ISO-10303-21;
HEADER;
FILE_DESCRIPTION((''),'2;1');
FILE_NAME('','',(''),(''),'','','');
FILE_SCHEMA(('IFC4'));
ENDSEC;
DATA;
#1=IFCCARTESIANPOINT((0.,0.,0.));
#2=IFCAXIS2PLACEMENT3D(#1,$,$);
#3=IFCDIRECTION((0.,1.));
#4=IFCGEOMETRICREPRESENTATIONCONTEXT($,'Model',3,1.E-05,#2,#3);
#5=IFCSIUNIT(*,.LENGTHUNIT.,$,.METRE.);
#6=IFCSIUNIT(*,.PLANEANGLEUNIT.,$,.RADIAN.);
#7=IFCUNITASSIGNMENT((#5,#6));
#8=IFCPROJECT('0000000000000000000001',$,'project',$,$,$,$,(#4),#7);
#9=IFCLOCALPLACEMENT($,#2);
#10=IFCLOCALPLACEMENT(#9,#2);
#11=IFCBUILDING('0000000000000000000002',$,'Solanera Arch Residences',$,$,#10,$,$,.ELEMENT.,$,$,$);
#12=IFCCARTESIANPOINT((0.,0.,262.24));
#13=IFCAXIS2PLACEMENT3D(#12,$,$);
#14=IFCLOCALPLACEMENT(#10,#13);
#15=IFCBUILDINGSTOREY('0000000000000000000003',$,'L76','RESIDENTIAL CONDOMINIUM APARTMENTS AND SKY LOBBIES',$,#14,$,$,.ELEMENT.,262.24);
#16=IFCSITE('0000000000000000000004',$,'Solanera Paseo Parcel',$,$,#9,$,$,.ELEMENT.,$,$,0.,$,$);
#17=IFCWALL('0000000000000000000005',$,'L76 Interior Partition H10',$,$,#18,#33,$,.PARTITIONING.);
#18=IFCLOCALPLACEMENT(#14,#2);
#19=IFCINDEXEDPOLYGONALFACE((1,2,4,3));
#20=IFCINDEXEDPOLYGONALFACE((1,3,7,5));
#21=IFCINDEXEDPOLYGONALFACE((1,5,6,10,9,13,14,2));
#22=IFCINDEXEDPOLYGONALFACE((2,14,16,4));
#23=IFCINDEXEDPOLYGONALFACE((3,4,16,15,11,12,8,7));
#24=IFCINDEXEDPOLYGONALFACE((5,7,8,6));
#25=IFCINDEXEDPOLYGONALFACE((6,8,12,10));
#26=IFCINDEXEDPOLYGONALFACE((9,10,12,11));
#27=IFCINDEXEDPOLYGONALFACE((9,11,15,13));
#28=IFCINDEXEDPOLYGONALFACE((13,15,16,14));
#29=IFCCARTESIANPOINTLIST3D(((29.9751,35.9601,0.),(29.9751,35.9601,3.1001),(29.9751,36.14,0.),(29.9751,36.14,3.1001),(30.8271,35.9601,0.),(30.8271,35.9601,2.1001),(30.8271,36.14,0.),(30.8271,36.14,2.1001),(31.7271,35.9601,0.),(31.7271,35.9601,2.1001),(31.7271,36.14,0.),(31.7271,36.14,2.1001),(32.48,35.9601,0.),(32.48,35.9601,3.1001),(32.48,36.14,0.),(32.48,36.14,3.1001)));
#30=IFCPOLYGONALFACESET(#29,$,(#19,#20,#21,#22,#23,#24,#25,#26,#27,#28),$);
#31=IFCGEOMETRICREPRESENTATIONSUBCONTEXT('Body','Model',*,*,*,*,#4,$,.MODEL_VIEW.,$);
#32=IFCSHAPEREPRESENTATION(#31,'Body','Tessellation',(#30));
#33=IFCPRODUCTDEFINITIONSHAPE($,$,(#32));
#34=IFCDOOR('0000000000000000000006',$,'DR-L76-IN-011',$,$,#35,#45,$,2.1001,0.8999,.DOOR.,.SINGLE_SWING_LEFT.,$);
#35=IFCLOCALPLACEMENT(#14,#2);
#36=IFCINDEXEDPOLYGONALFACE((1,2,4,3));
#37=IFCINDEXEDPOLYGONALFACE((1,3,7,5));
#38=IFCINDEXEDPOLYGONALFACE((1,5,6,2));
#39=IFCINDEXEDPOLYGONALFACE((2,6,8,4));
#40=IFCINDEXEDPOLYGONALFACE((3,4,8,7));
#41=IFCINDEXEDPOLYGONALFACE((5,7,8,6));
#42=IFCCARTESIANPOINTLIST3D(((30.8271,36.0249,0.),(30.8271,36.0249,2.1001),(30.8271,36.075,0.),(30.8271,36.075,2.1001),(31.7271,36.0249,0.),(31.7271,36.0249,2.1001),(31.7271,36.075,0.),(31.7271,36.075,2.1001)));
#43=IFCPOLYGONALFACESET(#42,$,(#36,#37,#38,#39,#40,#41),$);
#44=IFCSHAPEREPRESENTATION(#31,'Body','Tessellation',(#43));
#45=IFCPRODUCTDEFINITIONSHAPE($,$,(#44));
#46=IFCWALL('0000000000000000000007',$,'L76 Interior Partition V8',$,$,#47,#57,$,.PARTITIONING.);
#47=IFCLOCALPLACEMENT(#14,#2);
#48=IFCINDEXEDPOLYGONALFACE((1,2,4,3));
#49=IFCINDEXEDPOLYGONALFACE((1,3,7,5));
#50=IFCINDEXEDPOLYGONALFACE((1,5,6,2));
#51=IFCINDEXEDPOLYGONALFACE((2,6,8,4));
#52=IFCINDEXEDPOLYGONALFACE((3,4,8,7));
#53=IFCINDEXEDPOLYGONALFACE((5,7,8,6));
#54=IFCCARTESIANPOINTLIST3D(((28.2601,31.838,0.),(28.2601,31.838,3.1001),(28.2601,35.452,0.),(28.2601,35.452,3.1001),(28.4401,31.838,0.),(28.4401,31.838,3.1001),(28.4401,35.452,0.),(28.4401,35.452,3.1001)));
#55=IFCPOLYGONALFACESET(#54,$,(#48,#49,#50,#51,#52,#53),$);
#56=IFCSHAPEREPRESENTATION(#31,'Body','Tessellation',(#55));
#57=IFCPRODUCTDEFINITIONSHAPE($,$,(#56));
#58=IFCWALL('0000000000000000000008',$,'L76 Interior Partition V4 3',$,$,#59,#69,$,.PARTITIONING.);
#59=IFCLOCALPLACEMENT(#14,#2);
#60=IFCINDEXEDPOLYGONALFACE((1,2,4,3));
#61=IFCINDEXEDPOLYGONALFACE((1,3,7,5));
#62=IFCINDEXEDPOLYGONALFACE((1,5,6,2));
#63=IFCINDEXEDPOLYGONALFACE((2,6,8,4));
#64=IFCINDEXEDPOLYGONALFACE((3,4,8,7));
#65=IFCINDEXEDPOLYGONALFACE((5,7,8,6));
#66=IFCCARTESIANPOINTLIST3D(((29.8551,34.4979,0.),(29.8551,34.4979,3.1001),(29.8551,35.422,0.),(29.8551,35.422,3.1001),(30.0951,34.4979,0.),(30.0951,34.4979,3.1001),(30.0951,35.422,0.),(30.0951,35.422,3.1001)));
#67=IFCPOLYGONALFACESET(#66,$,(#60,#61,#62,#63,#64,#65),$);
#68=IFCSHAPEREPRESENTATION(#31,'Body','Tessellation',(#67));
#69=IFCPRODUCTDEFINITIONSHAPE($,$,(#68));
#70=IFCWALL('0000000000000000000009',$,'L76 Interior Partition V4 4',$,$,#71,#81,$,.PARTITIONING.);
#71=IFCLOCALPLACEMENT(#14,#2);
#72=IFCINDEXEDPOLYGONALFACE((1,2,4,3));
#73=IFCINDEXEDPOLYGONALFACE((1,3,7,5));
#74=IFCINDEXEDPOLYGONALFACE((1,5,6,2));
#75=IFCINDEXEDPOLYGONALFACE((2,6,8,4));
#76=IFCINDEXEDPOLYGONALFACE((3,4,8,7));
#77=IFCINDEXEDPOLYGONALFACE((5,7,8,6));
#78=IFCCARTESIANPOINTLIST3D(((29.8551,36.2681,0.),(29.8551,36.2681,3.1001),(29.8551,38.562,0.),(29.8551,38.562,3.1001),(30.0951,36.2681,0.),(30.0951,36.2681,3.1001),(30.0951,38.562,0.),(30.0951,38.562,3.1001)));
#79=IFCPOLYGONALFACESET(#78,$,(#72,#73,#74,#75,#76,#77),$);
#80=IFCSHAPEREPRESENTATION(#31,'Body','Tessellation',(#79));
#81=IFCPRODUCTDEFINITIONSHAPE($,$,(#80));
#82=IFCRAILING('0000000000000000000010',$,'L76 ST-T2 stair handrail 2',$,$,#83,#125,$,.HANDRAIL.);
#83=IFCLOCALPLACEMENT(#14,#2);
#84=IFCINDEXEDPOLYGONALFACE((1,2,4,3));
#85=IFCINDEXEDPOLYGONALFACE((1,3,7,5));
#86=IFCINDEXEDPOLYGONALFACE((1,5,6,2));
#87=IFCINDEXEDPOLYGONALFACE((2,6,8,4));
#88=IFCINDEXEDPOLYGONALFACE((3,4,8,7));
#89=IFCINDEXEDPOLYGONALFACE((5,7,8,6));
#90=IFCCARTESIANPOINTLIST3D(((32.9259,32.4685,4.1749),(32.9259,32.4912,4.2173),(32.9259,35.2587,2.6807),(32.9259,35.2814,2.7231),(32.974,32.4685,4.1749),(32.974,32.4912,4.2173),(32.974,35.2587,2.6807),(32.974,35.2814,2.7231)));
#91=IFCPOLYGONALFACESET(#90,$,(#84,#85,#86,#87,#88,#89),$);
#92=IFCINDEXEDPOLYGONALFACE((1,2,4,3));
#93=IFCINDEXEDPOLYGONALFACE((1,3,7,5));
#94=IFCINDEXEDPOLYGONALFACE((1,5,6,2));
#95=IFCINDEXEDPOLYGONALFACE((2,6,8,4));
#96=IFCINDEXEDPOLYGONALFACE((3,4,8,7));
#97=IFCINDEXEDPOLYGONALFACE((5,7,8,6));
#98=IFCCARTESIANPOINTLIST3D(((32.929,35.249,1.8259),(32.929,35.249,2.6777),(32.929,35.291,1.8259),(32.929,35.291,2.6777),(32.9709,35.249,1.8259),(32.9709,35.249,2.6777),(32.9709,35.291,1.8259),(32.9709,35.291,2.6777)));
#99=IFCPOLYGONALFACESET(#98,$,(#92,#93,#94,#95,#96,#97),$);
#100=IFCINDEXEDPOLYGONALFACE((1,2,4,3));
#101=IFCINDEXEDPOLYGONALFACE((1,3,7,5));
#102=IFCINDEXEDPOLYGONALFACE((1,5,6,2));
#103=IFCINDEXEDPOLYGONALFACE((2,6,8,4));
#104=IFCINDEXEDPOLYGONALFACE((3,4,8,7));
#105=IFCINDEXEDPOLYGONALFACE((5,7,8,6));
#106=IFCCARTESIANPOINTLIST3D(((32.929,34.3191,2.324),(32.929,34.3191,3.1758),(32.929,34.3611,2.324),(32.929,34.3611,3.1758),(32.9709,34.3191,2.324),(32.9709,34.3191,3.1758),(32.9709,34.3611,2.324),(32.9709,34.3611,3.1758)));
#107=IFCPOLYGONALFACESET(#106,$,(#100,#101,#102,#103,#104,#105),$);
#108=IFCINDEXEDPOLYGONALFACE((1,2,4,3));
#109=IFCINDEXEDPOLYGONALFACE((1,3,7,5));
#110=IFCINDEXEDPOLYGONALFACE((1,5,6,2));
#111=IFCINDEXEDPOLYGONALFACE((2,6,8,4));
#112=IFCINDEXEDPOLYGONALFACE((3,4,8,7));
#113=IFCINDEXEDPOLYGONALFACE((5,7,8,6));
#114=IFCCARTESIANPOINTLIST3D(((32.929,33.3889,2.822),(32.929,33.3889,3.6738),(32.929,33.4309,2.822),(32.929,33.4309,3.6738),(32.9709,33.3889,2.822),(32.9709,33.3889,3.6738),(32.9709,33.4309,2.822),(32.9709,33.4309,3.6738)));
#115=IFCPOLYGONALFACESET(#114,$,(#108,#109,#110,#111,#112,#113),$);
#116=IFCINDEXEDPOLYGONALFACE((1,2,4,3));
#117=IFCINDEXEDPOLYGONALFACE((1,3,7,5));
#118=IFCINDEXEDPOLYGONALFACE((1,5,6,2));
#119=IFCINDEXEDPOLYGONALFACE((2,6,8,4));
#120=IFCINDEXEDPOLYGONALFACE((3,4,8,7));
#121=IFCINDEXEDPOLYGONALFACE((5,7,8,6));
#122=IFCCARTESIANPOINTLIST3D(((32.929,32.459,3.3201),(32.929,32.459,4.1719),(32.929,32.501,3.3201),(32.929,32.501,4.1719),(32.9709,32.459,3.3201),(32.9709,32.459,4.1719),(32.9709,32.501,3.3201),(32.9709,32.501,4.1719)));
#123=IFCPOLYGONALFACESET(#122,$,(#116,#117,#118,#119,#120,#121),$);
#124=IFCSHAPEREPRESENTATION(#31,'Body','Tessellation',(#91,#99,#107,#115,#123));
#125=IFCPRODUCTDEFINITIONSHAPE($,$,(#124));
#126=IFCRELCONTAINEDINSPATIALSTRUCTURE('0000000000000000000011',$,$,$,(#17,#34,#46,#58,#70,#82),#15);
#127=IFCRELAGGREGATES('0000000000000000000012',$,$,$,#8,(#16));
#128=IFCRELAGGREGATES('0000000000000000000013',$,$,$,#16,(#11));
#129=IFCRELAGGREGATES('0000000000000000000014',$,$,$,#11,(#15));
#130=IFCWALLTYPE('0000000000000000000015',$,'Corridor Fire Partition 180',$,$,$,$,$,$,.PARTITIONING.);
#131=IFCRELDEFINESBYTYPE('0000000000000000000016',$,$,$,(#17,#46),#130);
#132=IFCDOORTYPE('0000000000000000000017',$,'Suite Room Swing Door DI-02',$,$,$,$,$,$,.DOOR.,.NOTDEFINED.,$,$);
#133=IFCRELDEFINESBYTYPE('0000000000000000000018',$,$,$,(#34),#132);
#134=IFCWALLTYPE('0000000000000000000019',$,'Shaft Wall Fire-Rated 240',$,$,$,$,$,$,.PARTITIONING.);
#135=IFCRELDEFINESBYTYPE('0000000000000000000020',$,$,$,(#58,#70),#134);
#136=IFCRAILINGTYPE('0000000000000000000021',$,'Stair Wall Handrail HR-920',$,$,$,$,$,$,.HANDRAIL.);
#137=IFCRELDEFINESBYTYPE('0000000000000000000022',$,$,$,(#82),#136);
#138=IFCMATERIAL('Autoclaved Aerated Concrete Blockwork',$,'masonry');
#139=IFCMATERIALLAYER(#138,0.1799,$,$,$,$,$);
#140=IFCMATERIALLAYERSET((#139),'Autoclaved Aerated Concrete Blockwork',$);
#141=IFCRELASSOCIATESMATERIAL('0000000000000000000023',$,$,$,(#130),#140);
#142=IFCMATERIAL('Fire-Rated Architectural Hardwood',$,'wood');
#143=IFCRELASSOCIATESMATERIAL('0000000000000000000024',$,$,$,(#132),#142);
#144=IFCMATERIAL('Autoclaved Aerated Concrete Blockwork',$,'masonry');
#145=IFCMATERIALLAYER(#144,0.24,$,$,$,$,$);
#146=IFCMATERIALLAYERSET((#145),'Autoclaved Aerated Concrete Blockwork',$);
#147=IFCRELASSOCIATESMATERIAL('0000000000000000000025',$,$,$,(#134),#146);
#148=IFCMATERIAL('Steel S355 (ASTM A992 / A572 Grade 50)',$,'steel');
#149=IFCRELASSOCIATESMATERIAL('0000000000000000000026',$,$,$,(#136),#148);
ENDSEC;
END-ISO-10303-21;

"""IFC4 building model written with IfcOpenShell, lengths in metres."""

from ifc_helpers import new_model, si_unit, direction, frame, frame_2d, origin, origin_2d, place, context, subcontext, project, spatial, rectangle, extrude, material, layer, layer_set, type_object, element, fill, save


model = new_model("IFC4")

# Units and contexts
model_context = context("Model", 3, precision=1e-05, world=origin(), true_north=direction((0.0, 1.0)))
body_context = subcontext(model_context, "Body", "Model", "MODEL_VIEW")
ifc_project = project(units=[si_unit("LENGTHUNIT", "METRE"), si_unit("PLANEANGLEUNIT", "RADIAN")], contexts=[model_context])

# Site, building, storey
site_placement = place(None, origin())
site = spatial("IfcSite", under=ifc_project, at=site_placement, Name="Solanera Paseo Parcel", CompositionType="ELEMENT", RefElevation=0.0)
building_placement = place(site_placement, origin())
building = spatial("IfcBuilding", under=site, at=building_placement, Name="Solanera Arch Residences", CompositionType="ELEMENT")
storey_placement = place(building_placement, frame((0.0, 0.0, 262.24)))
storey = spatial("IfcBuildingStorey", under=building, at=storey_placement, Name="L76", Description="RESIDENTIAL CONDOMINIUM APARTMENTS AND SKY LOBBIES", CompositionType="ELEMENT", Elevation=262.24)

# Wall, opening, door
ifc_material_1 = material(Name="Autoclaved Aerated Concrete Blockwork", Category="masonry")
ifc_layer_1 = layer(ifc_material_1, 0.1799)
ifc_layer_set_1 = layer_set([ifc_layer_1], Name="Autoclaved Aerated Concrete Blockwork")
wall_type_1 = type_object("IfcWallType", Name="Corridor Fire Partition 180", PredefinedType="PARTITIONING", material=ifc_layer_set_1)
wall_1_placement = place(storey_placement, frame((29.9751, 36.05, 0.0), z_axis=(0.0, 0.0, 1.0), x_axis=(1.0, 0.0, 0.0)))
wall_1 = element("IfcWall", 1, at=wall_1_placement, inside=storey, type_object=wall_type_1, Name="L76 Interior Partition H10", PredefinedType="PARTITIONING", context=body_context, shape_type="SweptSolid", body=[
    extrude(rectangle(XDim=2.5049, YDim=0.1799, at=frame_2d((1.2524, 0.0))), origin(), (0.0, 0.0, 1.0), 3.1001),
])
opening_1_placement = place(wall_1_placement, frame((0.8521, 0.0, 0.0)))
opening_1 = element("IfcOpeningElement", 2, at=opening_1_placement, cuts=wall_1, PredefinedType="OPENING", context=body_context, shape_type="SweptSolid", body=[
    extrude(rectangle(XDim=0.8999, YDim=2.1001, at=frame_2d((0.45, 1.05))), frame((0.0, 0.1001, 0.0), z_axis=(0.0, -1.0, 0.0), x_axis=(1.0, 0.0, 0.0)), (0.0, 0.0, 1.0), 0.1999),
])
ifc_material_2 = material(Name="Fire-Rated Architectural Hardwood", Category="wood")
door_type_1 = type_object("IfcDoorType", Name="Suite Room Swing Door DI-02", OperationType="NOTDEFINED", PredefinedType="DOOR", material=ifc_material_2)
door_1_placement = place(opening_1_placement, origin())
door_1 = element("IfcDoor", 3, at=door_1_placement, inside=storey, type_object=door_type_1, Name="DR-L76-IN-011", OperationType="SINGLE_SWING_LEFT", OverallHeight=2.1001, OverallWidth=0.8999, PredefinedType="DOOR", context=body_context, shape_type="SweptSolid", body=[
    extrude(rectangle(XDim=0.8999, YDim=2.1001, at=frame_2d((0.45, 1.05))), frame((0.0, 0.0249, 0.0), z_axis=(0.0, -1.0, 0.0), x_axis=(1.0, 0.0, 0.0)), (0.0, 0.0, 1.0), 0.05),
])
fill(opening_1, door_1)

# Wall
wall_2_placement = place(storey_placement, frame((28.3501, 31.8379, 0.0), z_axis=(0.0, 0.0, 1.0), x_axis=(0.0, 1.0, 0.0)))
element("IfcWall", 4, at=wall_2_placement, inside=storey, type_object=wall_type_1, Name="L76 Interior Partition V8", PredefinedType="PARTITIONING", context=body_context, shape_type="SweptSolid", body=[
    extrude(rectangle(XDim=3.614, YDim=0.1799, at=frame_2d((1.8071, 0.0))), origin(), (0.0, 0.0, 1.0), 3.1001),
])

# Shared definitions
ifc_material_3 = material(Name="Autoclaved Aerated Concrete Blockwork", Category="masonry")
ifc_layer_2 = layer(ifc_material_3, 0.24)
ifc_layer_set_2 = layer_set([ifc_layer_2], Name="Autoclaved Aerated Concrete Blockwork")
wall_type_2 = type_object("IfcWallType", Name="Shaft Wall Fire-Rated 240", PredefinedType="PARTITIONING", material=ifc_layer_set_2)

# Walls
wall_3_placement = place(storey_placement, frame((29.9751, 34.498, 0.0), z_axis=(0.0, 0.0, 1.0), x_axis=(0.0, 1.0, 0.0)))
element("IfcWall", 5, at=wall_3_placement, inside=storey, type_object=wall_type_2, Name="L76 Interior Partition V4 3", PredefinedType="PARTITIONING", context=body_context, shape_type="SweptSolid", body=[
    extrude(rectangle(XDim=0.9241, YDim=0.24, at=frame_2d((0.4619, 0.0))), origin(), (0.0, 0.0, 1.0), 3.1001),
])
wall_4_placement = place(storey_placement, frame((29.9751, 36.2681, 0.0), z_axis=(0.0, 0.0, 1.0), x_axis=(0.0, 1.0, 0.0)))
element("IfcWall", 6, at=wall_4_placement, inside=storey, type_object=wall_type_2, Name="L76 Interior Partition V4 4", PredefinedType="PARTITIONING", context=body_context, shape_type="SweptSolid", body=[
    extrude(rectangle(XDim=2.2939, YDim=0.24, at=frame_2d((1.147, 0.0))), origin(), (0.0, 0.0, 1.0), 3.1001),
])

# Railing
ifc_material_4 = material(Name="Steel S355 (ASTM A992 / A572 Grade 50)", Category="steel")
railing_type = type_object("IfcRailingType", Name="Stair Wall Handrail HR-920", PredefinedType="HANDRAIL", material=ifc_material_4)
railing_placement = place(storey_placement, frame((32.95, 35.27, 1.8259)))
element("IfcRailing", 7, at=railing_placement, inside=storey, type_object=railing_type, Name="L76 ST-T2 stair handrail 2", PredefinedType="HANDRAIL", context=body_context, shape_type="SweptSolid", body=[
    extrude(rectangle(XDim=0.0481, YDim=0.0481, at=origin_2d()), frame((0.0, 0.0, 0.876), z_axis=(0.0, -0.881549, 0.472093), x_axis=(1.0, 0.0, 0.0)), (0.0, 0.0, 1.0), 3.165),
    extrude(rectangle(XDim=0.042, YDim=0.042, at=origin_2d()), origin(), (0.0, 0.0, 1.0), 0.8518),
    extrude(rectangle(XDim=0.042, YDim=0.042, at=origin_2d()), frame((0.0, -0.9299, 0.498)), (0.0, 0.0, 1.0), 0.8518),
    extrude(rectangle(XDim=0.042, YDim=0.042, at=origin_2d()), frame((0.0, -1.8601, 0.9961)), (0.0, 0.0, 1.0), 0.8518),
    extrude(rectangle(XDim=0.042, YDim=0.042, at=origin_2d()), frame((0.0, -2.79, 1.4941)), (0.0, 0.0, 1.0), 0.8518),
])

save(model, "model.ifc")
